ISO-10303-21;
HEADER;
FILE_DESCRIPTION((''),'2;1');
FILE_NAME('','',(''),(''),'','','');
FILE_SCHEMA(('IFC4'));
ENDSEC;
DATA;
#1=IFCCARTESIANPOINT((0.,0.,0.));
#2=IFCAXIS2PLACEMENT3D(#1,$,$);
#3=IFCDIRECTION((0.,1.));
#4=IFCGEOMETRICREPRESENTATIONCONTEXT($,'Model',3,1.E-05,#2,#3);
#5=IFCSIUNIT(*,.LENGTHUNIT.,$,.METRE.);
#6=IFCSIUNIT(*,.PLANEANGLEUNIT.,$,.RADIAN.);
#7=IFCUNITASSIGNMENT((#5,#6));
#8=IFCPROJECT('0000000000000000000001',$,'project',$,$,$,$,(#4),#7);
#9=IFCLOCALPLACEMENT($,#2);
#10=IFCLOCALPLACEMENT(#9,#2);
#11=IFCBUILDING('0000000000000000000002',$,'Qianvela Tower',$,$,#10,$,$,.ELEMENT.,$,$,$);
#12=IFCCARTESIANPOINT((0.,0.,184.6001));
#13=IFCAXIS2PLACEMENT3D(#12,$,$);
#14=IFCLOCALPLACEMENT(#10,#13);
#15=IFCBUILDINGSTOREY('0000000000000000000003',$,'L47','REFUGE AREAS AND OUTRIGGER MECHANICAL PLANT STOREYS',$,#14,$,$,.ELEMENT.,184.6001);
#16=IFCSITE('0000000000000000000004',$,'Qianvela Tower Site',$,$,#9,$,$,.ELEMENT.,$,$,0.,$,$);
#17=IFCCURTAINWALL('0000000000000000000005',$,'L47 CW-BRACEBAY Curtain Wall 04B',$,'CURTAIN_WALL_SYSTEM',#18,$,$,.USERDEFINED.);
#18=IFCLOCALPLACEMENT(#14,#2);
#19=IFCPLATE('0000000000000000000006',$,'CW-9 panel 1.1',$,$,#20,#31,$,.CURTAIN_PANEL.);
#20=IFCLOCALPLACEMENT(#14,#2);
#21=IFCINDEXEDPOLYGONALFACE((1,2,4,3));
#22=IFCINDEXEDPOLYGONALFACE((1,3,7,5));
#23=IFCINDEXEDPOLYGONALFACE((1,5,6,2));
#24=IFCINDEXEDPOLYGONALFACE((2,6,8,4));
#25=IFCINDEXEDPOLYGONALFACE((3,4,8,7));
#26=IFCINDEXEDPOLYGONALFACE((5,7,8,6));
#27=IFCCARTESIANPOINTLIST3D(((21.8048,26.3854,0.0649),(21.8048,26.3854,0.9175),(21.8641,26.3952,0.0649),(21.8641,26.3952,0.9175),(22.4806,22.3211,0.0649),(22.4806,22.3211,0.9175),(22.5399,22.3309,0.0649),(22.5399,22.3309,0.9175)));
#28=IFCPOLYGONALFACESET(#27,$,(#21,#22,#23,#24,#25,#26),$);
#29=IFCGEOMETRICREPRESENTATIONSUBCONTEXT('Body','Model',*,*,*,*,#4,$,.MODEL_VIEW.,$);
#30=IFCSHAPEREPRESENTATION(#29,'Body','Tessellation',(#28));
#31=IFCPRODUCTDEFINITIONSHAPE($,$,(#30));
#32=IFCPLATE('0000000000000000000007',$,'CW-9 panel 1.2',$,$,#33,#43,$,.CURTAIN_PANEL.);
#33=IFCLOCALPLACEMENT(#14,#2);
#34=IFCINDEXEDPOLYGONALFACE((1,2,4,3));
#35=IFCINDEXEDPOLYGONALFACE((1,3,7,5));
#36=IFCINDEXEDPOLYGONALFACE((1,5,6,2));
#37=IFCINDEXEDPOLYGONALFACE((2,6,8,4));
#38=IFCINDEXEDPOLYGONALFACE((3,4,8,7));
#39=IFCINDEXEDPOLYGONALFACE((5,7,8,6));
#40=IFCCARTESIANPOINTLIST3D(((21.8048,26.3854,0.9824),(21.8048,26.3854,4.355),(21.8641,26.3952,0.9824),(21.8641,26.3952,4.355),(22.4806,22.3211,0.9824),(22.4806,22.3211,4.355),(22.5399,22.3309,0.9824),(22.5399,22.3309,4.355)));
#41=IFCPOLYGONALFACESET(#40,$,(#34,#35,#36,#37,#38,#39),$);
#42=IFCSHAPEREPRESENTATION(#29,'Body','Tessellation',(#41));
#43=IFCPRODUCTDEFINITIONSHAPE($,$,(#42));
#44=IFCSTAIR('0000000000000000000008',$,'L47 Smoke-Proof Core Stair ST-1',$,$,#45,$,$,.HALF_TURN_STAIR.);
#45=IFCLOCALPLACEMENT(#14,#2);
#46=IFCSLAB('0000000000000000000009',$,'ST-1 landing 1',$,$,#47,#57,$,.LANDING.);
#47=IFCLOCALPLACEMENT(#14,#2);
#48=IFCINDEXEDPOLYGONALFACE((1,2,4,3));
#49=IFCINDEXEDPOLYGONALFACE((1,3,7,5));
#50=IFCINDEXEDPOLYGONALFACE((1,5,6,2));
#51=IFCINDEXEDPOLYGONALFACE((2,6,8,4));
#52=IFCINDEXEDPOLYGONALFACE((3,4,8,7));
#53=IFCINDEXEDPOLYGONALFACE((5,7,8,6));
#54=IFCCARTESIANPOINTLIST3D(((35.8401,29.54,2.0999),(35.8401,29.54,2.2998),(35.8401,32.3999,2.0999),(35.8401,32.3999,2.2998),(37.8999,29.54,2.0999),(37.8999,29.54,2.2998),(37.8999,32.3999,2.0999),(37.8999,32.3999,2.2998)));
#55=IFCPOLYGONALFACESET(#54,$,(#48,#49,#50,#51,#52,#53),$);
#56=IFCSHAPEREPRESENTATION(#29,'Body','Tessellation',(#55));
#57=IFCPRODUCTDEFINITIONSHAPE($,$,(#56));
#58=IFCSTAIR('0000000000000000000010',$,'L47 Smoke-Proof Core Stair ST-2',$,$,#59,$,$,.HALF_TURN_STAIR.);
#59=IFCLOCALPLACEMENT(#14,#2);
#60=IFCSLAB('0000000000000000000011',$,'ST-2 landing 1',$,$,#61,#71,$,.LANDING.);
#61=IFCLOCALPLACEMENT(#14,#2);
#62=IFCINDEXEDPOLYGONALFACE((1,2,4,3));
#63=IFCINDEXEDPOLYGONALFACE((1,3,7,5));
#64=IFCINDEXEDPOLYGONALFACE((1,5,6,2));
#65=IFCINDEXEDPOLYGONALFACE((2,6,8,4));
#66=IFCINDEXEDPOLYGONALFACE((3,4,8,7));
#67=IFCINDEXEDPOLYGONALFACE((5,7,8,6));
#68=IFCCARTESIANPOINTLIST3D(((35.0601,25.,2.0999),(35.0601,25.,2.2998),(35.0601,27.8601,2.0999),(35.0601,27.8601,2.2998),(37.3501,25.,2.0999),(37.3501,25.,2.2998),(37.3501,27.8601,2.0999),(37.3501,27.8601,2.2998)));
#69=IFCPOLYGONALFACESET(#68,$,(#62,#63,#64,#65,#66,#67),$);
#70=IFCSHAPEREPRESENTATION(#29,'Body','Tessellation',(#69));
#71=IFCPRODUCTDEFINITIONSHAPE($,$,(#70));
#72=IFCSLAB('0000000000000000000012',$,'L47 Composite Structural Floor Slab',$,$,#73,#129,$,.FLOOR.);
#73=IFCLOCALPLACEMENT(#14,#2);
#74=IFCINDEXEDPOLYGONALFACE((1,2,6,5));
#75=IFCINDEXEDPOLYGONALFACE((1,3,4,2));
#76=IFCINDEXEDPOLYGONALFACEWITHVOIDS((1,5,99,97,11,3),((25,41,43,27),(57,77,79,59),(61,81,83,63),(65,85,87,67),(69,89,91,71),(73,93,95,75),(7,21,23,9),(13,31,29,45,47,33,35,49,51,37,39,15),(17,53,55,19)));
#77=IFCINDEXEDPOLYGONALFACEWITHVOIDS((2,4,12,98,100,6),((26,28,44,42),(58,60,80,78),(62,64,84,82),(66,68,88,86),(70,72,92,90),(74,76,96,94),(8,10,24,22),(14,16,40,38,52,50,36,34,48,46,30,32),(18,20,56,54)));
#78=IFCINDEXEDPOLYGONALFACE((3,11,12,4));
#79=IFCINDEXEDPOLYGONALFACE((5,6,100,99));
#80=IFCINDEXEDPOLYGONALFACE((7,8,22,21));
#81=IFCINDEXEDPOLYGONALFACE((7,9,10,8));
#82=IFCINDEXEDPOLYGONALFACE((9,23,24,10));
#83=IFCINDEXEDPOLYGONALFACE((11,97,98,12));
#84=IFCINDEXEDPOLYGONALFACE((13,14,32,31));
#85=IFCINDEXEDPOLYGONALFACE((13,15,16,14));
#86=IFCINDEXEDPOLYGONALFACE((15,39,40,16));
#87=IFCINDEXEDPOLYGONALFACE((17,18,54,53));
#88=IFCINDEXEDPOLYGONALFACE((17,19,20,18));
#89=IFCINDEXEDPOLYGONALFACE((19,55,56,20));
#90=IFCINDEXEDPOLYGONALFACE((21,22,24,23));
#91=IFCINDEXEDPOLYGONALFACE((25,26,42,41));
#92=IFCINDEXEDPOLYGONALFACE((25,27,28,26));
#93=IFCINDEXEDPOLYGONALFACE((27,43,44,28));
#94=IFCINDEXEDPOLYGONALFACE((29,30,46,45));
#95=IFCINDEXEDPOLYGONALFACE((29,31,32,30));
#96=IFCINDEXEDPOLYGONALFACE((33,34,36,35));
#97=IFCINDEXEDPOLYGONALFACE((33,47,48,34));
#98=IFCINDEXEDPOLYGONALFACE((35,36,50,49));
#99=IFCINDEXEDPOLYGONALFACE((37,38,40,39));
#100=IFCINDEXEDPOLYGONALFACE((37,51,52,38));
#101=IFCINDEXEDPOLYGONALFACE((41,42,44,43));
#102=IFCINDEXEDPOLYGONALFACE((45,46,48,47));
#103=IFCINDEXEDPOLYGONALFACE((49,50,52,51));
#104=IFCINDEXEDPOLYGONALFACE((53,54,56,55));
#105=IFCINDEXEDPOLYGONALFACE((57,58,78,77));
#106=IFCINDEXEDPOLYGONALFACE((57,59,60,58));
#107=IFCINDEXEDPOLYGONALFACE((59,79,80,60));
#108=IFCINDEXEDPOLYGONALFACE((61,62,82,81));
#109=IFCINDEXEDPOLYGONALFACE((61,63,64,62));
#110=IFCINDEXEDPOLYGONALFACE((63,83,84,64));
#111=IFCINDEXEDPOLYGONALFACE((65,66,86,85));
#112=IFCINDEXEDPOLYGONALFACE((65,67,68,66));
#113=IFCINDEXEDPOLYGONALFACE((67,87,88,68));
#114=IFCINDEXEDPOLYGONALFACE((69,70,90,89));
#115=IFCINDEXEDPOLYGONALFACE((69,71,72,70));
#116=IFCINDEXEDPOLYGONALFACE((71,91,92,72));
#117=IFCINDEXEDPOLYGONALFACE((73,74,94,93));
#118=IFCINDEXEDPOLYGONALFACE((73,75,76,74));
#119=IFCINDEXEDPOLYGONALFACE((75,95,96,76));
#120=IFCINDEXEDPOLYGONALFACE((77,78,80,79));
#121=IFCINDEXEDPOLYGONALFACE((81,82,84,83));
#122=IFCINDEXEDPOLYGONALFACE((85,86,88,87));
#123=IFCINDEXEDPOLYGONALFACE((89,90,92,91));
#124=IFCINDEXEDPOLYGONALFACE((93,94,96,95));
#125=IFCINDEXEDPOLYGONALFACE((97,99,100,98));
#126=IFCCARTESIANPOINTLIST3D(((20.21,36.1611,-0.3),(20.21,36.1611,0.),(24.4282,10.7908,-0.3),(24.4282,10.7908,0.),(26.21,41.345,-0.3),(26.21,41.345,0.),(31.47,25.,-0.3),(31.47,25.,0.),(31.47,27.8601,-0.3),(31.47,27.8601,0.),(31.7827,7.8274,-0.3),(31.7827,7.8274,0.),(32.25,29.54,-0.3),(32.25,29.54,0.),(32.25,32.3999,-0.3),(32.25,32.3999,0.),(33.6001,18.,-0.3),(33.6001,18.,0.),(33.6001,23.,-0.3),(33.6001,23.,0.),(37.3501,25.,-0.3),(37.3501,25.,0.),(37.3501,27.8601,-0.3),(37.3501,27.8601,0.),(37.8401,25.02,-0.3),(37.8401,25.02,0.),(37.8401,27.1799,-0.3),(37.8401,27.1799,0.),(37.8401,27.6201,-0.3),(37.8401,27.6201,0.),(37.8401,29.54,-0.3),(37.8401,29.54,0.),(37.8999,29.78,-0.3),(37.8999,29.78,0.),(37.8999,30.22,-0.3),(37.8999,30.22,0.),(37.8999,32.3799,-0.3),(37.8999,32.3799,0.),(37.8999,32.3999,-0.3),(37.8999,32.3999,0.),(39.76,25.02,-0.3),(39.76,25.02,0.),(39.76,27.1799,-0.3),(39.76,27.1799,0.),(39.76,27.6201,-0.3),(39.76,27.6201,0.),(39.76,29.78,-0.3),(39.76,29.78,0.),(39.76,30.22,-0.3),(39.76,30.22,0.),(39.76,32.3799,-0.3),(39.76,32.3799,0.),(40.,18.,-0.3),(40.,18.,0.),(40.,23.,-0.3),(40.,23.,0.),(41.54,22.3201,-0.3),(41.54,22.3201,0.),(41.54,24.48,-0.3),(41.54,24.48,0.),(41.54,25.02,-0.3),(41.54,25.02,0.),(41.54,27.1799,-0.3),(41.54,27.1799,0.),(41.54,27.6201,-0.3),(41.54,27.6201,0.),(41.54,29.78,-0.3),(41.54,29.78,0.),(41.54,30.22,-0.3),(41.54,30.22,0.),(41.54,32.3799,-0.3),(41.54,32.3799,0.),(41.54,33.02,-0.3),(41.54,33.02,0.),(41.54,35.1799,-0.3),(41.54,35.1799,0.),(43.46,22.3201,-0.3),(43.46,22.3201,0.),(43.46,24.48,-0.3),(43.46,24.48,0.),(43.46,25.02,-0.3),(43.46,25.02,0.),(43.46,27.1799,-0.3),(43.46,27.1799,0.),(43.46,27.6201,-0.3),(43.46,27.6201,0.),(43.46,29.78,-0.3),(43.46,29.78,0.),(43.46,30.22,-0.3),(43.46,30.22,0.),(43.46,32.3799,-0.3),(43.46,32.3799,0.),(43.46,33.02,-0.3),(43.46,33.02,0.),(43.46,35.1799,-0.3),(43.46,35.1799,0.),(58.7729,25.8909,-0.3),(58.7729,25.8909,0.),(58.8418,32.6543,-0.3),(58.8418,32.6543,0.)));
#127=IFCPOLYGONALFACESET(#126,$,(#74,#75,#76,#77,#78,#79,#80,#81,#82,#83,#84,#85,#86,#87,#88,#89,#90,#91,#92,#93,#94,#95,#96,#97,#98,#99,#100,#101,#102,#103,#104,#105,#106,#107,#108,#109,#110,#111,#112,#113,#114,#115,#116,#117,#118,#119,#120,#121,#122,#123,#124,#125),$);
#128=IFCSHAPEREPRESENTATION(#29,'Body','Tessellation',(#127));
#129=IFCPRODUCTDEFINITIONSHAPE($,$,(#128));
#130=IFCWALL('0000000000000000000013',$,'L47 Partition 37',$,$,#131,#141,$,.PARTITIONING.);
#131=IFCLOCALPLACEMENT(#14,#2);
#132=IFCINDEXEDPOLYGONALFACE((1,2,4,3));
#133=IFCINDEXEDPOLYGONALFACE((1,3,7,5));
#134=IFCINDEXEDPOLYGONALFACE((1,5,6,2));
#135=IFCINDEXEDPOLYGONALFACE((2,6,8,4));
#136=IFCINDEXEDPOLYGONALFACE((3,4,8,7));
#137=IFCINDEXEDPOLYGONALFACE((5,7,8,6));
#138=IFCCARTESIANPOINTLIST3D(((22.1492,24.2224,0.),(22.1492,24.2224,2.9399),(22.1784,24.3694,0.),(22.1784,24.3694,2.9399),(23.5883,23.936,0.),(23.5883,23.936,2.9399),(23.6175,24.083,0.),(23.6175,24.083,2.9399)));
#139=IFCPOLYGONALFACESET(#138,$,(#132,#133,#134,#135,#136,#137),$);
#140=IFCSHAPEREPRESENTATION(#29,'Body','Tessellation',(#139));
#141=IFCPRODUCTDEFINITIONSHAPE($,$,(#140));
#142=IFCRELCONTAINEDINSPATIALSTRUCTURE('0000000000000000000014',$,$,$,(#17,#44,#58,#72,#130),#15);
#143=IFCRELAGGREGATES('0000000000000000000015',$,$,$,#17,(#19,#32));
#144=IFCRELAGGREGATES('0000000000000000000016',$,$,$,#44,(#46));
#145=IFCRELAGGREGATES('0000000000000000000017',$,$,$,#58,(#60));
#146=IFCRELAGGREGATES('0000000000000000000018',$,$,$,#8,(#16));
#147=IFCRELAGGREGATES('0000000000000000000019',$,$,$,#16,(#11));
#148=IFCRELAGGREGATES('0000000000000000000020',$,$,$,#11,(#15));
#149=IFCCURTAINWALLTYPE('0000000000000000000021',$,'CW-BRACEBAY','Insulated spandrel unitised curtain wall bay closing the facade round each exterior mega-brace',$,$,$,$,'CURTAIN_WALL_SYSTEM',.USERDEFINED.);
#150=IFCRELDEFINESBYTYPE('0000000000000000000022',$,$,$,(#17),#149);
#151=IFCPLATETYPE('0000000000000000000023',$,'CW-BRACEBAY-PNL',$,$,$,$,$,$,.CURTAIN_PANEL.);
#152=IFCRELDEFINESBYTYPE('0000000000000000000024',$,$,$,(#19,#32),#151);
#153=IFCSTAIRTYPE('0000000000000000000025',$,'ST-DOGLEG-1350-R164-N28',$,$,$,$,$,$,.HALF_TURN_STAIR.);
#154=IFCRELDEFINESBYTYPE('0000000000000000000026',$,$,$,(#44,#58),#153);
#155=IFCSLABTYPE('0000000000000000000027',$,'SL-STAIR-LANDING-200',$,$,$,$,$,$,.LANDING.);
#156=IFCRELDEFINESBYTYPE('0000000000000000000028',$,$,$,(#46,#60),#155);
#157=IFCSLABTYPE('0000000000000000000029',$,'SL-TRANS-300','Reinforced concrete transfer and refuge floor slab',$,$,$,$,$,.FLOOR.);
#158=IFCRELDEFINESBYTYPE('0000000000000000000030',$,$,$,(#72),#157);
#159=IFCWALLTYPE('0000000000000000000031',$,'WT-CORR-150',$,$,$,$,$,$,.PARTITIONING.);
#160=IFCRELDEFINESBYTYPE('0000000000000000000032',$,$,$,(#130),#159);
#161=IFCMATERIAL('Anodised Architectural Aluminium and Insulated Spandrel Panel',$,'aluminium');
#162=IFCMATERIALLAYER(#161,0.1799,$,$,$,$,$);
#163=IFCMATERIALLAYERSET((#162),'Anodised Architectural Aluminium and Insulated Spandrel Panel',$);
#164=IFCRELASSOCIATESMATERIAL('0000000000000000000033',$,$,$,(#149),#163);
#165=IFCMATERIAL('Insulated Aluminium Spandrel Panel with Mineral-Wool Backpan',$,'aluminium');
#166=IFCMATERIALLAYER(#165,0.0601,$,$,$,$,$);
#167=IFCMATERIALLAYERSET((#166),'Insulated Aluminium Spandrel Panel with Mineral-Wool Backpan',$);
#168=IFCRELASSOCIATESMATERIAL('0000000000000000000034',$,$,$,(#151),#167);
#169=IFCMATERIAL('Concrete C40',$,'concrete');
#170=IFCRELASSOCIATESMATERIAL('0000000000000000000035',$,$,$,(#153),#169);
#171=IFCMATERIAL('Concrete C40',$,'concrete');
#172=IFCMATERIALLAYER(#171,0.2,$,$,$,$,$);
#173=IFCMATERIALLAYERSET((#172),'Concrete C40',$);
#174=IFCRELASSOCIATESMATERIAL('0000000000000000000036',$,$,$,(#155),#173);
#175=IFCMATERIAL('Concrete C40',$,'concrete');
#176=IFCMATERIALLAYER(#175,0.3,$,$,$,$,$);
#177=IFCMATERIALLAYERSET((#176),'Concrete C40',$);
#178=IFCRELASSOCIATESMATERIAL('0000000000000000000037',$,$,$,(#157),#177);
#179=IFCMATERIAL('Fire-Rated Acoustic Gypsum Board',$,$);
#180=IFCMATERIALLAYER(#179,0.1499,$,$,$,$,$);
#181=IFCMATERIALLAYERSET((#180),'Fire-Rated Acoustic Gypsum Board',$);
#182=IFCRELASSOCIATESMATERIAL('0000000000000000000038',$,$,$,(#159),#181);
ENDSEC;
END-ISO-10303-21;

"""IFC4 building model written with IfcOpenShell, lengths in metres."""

from ifc_helpers import new_model, si_unit, direction, frame, frame_2d, origin, origin_2d, place, context, subcontext, project, spatial, polyline, rectangle, outline, extrude, material, layer, layer_set, type_object, element, aggregate, save


model = new_model("IFC4")

# Units and contexts
model_context = context("Model", 3, precision=1e-05, world=origin(), true_north=direction((0.0, 1.0)))
body_context = subcontext(model_context, "Body", "Model", "MODEL_VIEW")
ifc_project = project(units=[si_unit("LENGTHUNIT", "METRE"), si_unit("PLANEANGLEUNIT", "RADIAN")], contexts=[model_context])

# Site, building, storey
site_placement = place(None, origin())
site = spatial("IfcSite", under=ifc_project, at=site_placement, Name="Qianvela Tower Site", CompositionType="ELEMENT", RefElevation=0.0)
building_placement = place(site_placement, origin())
building = spatial("IfcBuilding", under=site, at=building_placement, Name="Qianvela Tower", CompositionType="ELEMENT")
storey_placement = place(building_placement, frame((0.0, 0.0, 184.6001)))
storey = spatial("IfcBuildingStorey", under=building, at=storey_placement, Name="L47", Description="REFUGE AREAS AND OUTRIGGER MECHANICAL PLANT STOREYS", CompositionType="ELEMENT", Elevation=184.6001)

# Curtain wall, plates
ifc_material_1 = material(Name="Anodised Architectural Aluminium and Insulated Spandrel Panel", Category="aluminium")
ifc_layer_1 = layer(ifc_material_1, 0.1799)
ifc_layer_set_1 = layer_set([ifc_layer_1], Name="Anodised Architectural Aluminium and Insulated Spandrel Panel")
curtain_wall_type = type_object("IfcCurtainWallType", Name="CW-BRACEBAY", Description="Insulated spandrel unitised curtain wall bay closing the facade round each exterior mega-brace", ElementType="CURTAIN_WALL_SYSTEM", PredefinedType="USERDEFINED", material=ifc_layer_set_1)
curtain_wall_placement = place(storey_placement, origin())
curtain_wall = element("IfcCurtainWall", 1, at=curtain_wall_placement, inside=storey, type_object=curtain_wall_type, Name="L47 CW-BRACEBAY Curtain Wall 04B", ObjectType="CURTAIN_WALL_SYSTEM", PredefinedType="USERDEFINED")
ifc_material_2 = material(Name="Insulated Aluminium Spandrel Panel with Mineral-Wool Backpan", Category="aluminium")
ifc_layer_2 = layer(ifc_material_2, 0.0601)
ifc_layer_set_2 = layer_set([ifc_layer_2], Name="Insulated Aluminium Spandrel Panel with Mineral-Wool Backpan")
plate_type = type_object("IfcPlateType", Name="CW-BRACEBAY-PNL", PredefinedType="CURTAIN_PANEL", material=ifc_layer_set_2)
plate_1_placement = place(storey_placement, frame((22.1724, 24.3582, 0.0649), z_axis=(0.0, 0.0, 1.0), x_axis=(0.164021, -0.986457, 0.0)))
plate_1 = element("IfcPlate", 2, at=plate_1_placement, type_object=plate_type, Name="CW-9 panel 1.1", PredefinedType="CURTAIN_PANEL", context=body_context, shape_type="SweptSolid", body=[
    extrude(rectangle(XDim=4.1201, YDim=0.0601, at=origin_2d()), origin(), (0.0, 0.0, 1.0), 0.8525),
])
plate_2_placement = place(storey_placement, frame((22.1724, 24.3582, 0.9824), z_axis=(0.0, 0.0, 1.0), x_axis=(0.164021, -0.986457, 0.0)))
plate_2 = element("IfcPlate", 3, at=plate_2_placement, type_object=plate_type, Name="CW-9 panel 1.2", PredefinedType="CURTAIN_PANEL", context=body_context, shape_type="SweptSolid", body=[
    extrude(rectangle(XDim=4.1201, YDim=0.0601, at=origin_2d()), origin(), (0.0, 0.0, 1.0), 3.3726),
])
aggregate(curtain_wall, [plate_1, plate_2])

# Stairs, slabs
ifc_material_3 = material(Name="Concrete C40", Category="concrete")
stair_type = type_object("IfcStairType", Name="ST-DOGLEG-1350-R164-N28", PredefinedType="HALF_TURN_STAIR", material=ifc_material_3)
stair_1_placement = place(storey_placement, origin())
stair_1 = element("IfcStair", 4, at=stair_1_placement, inside=storey, type_object=stair_type, Name="L47 Smoke-Proof Core Stair ST-1", PredefinedType="HALF_TURN_STAIR")
ifc_material_4 = material(Name="Concrete C40", Category="concrete")
ifc_layer_3 = layer(ifc_material_4, 0.2)
ifc_layer_set_3 = layer_set([ifc_layer_3], Name="Concrete C40")
slab_type_1 = type_object("IfcSlabType", Name="SL-STAIR-LANDING-200", PredefinedType="LANDING", material=ifc_layer_set_3)
slab_1_placement = place(storey_placement, frame((0.0, 0.0, 2.0999)))
slab_1 = element("IfcSlab", 5, at=slab_1_placement, type_object=slab_type_1, Name="ST-1 landing 1", PredefinedType="LANDING", context=body_context, shape_type="SweptSolid", body=[
    extrude(outline(polyline([(35.8401, 29.54), (37.8999, 29.54), (37.8999, 32.3999), (35.8401, 32.3999), (35.8401, 29.54)])), origin(), (0.0, 0.0, 1.0), 0.2),
])
aggregate(stair_1, [slab_1])
stair_2_placement = place(storey_placement, origin())
stair_2 = element("IfcStair", 6, at=stair_2_placement, inside=storey, type_object=stair_type, Name="L47 Smoke-Proof Core Stair ST-2", PredefinedType="HALF_TURN_STAIR")
slab_2_placement = place(storey_placement, frame((0.0, 0.0, 2.0999)))
slab_2 = element("IfcSlab", 7, at=slab_2_placement, type_object=slab_type_1, Name="ST-2 landing 1", PredefinedType="LANDING", context=body_context, shape_type="SweptSolid", body=[
    extrude(outline(polyline([(35.0601, 25.0), (37.3501, 25.0), (37.3501, 27.8601), (35.0601, 27.8601), (35.0601, 25.0)])), origin(), (0.0, 0.0, 1.0), 0.2),
])
aggregate(stair_2, [slab_2])

# Slab
ifc_material_5 = material(Name="Concrete C40", Category="concrete")
ifc_layer_4 = layer(ifc_material_5, 0.3)
ifc_layer_set_4 = layer_set([ifc_layer_4], Name="Concrete C40")
slab_type_2 = type_object("IfcSlabType", Name="SL-TRANS-300", Description="Reinforced concrete transfer and refuge floor slab", PredefinedType="FLOOR", material=ifc_layer_set_4)
slab_3_placement = place(storey_placement, frame((0.0, 0.0, -0.3)))
element("IfcSlab", 8, at=slab_3_placement, inside=storey, type_object=slab_type_2, Name="L47 Composite Structural Floor Slab", PredefinedType="FLOOR", context=body_context, shape_type="SweptSolid", body=[
    extrude(outline(polyline([(58.7729, 25.8909), (58.8418, 32.6543), (26.21, 41.345), (20.21, 36.1611), (24.4282, 10.7908), (31.7827, 7.8274), (58.7729, 25.8909)]), holes=[polyline([(40.0, 23.0), (33.6001, 23.0), (33.6001, 18.0), (40.0, 18.0), (40.0, 23.0)]), polyline([(39.76, 27.1799), (37.8401, 27.1799), (37.8401, 25.02), (39.76, 25.02), (39.76, 27.1799)]), polyline([(37.3501, 27.8601), (31.47, 27.8601), (31.47, 25.0), (37.3501, 25.0), (37.3501, 27.8601)]), polyline([(37.8401, 27.6201), (39.76, 27.6201), (39.76, 29.78), (37.8999, 29.78), (37.8999, 30.22), (39.76, 30.22), (39.76, 32.3799), (37.8999, 32.3799), (37.8999, 32.3999), (32.25, 32.3999), (32.25, 29.54), (37.8401, 29.54), (37.8401, 27.6201)]), polyline([(43.46, 22.3201), (43.46, 24.48), (41.54, 24.48), (41.54, 22.3201), (43.46, 22.3201)]), polyline([(43.46, 25.02), (43.46, 27.1799), (41.54, 27.1799), (41.54, 25.02), (43.46, 25.02)]), polyline([(43.46, 29.78), (41.54, 29.78), (41.54, 27.6201), (43.46, 27.6201), (43.46, 29.78)]), polyline([(43.46, 30.22), (43.46, 32.3799), (41.54, 32.3799), (41.54, 30.22), (43.46, 30.22)]), polyline([(43.46, 33.02), (43.46, 35.1799), (41.54, 35.1799), (41.54, 33.02), (43.46, 33.02)])]), origin(), (0.0, 0.0, 1.0), 0.3),
])

# Wall
ifc_material_6 = material(Name="Fire-Rated Acoustic Gypsum Board")
ifc_layer_5 = layer(ifc_material_6, 0.1499)
ifc_layer_set_5 = layer_set([ifc_layer_5], Name="Fire-Rated Acoustic Gypsum Board")
wall_type = type_object("IfcWallType", Name="WT-CORR-150", PredefinedType="PARTITIONING", material=ifc_layer_set_5)
wall_placement = place(storey_placement, frame((22.1638, 24.2959, 0.0), z_axis=(0.0, 0.0, 1.0), x_axis=(0.980766, -0.195188, 0.0)))
element("IfcWall", 9, at=wall_placement, inside=storey, type_object=wall_type, Name="L47 Partition 37", PredefinedType="PARTITIONING", context=body_context, shape_type="SweptSolid", body=[
    extrude(rectangle(XDim=1.4673, YDim=0.1499, at=frame_2d((0.7336, 0.0))), origin(), (0.0, 0.0, 1.0), 2.9399),
])

save(model, "model.ifc")
